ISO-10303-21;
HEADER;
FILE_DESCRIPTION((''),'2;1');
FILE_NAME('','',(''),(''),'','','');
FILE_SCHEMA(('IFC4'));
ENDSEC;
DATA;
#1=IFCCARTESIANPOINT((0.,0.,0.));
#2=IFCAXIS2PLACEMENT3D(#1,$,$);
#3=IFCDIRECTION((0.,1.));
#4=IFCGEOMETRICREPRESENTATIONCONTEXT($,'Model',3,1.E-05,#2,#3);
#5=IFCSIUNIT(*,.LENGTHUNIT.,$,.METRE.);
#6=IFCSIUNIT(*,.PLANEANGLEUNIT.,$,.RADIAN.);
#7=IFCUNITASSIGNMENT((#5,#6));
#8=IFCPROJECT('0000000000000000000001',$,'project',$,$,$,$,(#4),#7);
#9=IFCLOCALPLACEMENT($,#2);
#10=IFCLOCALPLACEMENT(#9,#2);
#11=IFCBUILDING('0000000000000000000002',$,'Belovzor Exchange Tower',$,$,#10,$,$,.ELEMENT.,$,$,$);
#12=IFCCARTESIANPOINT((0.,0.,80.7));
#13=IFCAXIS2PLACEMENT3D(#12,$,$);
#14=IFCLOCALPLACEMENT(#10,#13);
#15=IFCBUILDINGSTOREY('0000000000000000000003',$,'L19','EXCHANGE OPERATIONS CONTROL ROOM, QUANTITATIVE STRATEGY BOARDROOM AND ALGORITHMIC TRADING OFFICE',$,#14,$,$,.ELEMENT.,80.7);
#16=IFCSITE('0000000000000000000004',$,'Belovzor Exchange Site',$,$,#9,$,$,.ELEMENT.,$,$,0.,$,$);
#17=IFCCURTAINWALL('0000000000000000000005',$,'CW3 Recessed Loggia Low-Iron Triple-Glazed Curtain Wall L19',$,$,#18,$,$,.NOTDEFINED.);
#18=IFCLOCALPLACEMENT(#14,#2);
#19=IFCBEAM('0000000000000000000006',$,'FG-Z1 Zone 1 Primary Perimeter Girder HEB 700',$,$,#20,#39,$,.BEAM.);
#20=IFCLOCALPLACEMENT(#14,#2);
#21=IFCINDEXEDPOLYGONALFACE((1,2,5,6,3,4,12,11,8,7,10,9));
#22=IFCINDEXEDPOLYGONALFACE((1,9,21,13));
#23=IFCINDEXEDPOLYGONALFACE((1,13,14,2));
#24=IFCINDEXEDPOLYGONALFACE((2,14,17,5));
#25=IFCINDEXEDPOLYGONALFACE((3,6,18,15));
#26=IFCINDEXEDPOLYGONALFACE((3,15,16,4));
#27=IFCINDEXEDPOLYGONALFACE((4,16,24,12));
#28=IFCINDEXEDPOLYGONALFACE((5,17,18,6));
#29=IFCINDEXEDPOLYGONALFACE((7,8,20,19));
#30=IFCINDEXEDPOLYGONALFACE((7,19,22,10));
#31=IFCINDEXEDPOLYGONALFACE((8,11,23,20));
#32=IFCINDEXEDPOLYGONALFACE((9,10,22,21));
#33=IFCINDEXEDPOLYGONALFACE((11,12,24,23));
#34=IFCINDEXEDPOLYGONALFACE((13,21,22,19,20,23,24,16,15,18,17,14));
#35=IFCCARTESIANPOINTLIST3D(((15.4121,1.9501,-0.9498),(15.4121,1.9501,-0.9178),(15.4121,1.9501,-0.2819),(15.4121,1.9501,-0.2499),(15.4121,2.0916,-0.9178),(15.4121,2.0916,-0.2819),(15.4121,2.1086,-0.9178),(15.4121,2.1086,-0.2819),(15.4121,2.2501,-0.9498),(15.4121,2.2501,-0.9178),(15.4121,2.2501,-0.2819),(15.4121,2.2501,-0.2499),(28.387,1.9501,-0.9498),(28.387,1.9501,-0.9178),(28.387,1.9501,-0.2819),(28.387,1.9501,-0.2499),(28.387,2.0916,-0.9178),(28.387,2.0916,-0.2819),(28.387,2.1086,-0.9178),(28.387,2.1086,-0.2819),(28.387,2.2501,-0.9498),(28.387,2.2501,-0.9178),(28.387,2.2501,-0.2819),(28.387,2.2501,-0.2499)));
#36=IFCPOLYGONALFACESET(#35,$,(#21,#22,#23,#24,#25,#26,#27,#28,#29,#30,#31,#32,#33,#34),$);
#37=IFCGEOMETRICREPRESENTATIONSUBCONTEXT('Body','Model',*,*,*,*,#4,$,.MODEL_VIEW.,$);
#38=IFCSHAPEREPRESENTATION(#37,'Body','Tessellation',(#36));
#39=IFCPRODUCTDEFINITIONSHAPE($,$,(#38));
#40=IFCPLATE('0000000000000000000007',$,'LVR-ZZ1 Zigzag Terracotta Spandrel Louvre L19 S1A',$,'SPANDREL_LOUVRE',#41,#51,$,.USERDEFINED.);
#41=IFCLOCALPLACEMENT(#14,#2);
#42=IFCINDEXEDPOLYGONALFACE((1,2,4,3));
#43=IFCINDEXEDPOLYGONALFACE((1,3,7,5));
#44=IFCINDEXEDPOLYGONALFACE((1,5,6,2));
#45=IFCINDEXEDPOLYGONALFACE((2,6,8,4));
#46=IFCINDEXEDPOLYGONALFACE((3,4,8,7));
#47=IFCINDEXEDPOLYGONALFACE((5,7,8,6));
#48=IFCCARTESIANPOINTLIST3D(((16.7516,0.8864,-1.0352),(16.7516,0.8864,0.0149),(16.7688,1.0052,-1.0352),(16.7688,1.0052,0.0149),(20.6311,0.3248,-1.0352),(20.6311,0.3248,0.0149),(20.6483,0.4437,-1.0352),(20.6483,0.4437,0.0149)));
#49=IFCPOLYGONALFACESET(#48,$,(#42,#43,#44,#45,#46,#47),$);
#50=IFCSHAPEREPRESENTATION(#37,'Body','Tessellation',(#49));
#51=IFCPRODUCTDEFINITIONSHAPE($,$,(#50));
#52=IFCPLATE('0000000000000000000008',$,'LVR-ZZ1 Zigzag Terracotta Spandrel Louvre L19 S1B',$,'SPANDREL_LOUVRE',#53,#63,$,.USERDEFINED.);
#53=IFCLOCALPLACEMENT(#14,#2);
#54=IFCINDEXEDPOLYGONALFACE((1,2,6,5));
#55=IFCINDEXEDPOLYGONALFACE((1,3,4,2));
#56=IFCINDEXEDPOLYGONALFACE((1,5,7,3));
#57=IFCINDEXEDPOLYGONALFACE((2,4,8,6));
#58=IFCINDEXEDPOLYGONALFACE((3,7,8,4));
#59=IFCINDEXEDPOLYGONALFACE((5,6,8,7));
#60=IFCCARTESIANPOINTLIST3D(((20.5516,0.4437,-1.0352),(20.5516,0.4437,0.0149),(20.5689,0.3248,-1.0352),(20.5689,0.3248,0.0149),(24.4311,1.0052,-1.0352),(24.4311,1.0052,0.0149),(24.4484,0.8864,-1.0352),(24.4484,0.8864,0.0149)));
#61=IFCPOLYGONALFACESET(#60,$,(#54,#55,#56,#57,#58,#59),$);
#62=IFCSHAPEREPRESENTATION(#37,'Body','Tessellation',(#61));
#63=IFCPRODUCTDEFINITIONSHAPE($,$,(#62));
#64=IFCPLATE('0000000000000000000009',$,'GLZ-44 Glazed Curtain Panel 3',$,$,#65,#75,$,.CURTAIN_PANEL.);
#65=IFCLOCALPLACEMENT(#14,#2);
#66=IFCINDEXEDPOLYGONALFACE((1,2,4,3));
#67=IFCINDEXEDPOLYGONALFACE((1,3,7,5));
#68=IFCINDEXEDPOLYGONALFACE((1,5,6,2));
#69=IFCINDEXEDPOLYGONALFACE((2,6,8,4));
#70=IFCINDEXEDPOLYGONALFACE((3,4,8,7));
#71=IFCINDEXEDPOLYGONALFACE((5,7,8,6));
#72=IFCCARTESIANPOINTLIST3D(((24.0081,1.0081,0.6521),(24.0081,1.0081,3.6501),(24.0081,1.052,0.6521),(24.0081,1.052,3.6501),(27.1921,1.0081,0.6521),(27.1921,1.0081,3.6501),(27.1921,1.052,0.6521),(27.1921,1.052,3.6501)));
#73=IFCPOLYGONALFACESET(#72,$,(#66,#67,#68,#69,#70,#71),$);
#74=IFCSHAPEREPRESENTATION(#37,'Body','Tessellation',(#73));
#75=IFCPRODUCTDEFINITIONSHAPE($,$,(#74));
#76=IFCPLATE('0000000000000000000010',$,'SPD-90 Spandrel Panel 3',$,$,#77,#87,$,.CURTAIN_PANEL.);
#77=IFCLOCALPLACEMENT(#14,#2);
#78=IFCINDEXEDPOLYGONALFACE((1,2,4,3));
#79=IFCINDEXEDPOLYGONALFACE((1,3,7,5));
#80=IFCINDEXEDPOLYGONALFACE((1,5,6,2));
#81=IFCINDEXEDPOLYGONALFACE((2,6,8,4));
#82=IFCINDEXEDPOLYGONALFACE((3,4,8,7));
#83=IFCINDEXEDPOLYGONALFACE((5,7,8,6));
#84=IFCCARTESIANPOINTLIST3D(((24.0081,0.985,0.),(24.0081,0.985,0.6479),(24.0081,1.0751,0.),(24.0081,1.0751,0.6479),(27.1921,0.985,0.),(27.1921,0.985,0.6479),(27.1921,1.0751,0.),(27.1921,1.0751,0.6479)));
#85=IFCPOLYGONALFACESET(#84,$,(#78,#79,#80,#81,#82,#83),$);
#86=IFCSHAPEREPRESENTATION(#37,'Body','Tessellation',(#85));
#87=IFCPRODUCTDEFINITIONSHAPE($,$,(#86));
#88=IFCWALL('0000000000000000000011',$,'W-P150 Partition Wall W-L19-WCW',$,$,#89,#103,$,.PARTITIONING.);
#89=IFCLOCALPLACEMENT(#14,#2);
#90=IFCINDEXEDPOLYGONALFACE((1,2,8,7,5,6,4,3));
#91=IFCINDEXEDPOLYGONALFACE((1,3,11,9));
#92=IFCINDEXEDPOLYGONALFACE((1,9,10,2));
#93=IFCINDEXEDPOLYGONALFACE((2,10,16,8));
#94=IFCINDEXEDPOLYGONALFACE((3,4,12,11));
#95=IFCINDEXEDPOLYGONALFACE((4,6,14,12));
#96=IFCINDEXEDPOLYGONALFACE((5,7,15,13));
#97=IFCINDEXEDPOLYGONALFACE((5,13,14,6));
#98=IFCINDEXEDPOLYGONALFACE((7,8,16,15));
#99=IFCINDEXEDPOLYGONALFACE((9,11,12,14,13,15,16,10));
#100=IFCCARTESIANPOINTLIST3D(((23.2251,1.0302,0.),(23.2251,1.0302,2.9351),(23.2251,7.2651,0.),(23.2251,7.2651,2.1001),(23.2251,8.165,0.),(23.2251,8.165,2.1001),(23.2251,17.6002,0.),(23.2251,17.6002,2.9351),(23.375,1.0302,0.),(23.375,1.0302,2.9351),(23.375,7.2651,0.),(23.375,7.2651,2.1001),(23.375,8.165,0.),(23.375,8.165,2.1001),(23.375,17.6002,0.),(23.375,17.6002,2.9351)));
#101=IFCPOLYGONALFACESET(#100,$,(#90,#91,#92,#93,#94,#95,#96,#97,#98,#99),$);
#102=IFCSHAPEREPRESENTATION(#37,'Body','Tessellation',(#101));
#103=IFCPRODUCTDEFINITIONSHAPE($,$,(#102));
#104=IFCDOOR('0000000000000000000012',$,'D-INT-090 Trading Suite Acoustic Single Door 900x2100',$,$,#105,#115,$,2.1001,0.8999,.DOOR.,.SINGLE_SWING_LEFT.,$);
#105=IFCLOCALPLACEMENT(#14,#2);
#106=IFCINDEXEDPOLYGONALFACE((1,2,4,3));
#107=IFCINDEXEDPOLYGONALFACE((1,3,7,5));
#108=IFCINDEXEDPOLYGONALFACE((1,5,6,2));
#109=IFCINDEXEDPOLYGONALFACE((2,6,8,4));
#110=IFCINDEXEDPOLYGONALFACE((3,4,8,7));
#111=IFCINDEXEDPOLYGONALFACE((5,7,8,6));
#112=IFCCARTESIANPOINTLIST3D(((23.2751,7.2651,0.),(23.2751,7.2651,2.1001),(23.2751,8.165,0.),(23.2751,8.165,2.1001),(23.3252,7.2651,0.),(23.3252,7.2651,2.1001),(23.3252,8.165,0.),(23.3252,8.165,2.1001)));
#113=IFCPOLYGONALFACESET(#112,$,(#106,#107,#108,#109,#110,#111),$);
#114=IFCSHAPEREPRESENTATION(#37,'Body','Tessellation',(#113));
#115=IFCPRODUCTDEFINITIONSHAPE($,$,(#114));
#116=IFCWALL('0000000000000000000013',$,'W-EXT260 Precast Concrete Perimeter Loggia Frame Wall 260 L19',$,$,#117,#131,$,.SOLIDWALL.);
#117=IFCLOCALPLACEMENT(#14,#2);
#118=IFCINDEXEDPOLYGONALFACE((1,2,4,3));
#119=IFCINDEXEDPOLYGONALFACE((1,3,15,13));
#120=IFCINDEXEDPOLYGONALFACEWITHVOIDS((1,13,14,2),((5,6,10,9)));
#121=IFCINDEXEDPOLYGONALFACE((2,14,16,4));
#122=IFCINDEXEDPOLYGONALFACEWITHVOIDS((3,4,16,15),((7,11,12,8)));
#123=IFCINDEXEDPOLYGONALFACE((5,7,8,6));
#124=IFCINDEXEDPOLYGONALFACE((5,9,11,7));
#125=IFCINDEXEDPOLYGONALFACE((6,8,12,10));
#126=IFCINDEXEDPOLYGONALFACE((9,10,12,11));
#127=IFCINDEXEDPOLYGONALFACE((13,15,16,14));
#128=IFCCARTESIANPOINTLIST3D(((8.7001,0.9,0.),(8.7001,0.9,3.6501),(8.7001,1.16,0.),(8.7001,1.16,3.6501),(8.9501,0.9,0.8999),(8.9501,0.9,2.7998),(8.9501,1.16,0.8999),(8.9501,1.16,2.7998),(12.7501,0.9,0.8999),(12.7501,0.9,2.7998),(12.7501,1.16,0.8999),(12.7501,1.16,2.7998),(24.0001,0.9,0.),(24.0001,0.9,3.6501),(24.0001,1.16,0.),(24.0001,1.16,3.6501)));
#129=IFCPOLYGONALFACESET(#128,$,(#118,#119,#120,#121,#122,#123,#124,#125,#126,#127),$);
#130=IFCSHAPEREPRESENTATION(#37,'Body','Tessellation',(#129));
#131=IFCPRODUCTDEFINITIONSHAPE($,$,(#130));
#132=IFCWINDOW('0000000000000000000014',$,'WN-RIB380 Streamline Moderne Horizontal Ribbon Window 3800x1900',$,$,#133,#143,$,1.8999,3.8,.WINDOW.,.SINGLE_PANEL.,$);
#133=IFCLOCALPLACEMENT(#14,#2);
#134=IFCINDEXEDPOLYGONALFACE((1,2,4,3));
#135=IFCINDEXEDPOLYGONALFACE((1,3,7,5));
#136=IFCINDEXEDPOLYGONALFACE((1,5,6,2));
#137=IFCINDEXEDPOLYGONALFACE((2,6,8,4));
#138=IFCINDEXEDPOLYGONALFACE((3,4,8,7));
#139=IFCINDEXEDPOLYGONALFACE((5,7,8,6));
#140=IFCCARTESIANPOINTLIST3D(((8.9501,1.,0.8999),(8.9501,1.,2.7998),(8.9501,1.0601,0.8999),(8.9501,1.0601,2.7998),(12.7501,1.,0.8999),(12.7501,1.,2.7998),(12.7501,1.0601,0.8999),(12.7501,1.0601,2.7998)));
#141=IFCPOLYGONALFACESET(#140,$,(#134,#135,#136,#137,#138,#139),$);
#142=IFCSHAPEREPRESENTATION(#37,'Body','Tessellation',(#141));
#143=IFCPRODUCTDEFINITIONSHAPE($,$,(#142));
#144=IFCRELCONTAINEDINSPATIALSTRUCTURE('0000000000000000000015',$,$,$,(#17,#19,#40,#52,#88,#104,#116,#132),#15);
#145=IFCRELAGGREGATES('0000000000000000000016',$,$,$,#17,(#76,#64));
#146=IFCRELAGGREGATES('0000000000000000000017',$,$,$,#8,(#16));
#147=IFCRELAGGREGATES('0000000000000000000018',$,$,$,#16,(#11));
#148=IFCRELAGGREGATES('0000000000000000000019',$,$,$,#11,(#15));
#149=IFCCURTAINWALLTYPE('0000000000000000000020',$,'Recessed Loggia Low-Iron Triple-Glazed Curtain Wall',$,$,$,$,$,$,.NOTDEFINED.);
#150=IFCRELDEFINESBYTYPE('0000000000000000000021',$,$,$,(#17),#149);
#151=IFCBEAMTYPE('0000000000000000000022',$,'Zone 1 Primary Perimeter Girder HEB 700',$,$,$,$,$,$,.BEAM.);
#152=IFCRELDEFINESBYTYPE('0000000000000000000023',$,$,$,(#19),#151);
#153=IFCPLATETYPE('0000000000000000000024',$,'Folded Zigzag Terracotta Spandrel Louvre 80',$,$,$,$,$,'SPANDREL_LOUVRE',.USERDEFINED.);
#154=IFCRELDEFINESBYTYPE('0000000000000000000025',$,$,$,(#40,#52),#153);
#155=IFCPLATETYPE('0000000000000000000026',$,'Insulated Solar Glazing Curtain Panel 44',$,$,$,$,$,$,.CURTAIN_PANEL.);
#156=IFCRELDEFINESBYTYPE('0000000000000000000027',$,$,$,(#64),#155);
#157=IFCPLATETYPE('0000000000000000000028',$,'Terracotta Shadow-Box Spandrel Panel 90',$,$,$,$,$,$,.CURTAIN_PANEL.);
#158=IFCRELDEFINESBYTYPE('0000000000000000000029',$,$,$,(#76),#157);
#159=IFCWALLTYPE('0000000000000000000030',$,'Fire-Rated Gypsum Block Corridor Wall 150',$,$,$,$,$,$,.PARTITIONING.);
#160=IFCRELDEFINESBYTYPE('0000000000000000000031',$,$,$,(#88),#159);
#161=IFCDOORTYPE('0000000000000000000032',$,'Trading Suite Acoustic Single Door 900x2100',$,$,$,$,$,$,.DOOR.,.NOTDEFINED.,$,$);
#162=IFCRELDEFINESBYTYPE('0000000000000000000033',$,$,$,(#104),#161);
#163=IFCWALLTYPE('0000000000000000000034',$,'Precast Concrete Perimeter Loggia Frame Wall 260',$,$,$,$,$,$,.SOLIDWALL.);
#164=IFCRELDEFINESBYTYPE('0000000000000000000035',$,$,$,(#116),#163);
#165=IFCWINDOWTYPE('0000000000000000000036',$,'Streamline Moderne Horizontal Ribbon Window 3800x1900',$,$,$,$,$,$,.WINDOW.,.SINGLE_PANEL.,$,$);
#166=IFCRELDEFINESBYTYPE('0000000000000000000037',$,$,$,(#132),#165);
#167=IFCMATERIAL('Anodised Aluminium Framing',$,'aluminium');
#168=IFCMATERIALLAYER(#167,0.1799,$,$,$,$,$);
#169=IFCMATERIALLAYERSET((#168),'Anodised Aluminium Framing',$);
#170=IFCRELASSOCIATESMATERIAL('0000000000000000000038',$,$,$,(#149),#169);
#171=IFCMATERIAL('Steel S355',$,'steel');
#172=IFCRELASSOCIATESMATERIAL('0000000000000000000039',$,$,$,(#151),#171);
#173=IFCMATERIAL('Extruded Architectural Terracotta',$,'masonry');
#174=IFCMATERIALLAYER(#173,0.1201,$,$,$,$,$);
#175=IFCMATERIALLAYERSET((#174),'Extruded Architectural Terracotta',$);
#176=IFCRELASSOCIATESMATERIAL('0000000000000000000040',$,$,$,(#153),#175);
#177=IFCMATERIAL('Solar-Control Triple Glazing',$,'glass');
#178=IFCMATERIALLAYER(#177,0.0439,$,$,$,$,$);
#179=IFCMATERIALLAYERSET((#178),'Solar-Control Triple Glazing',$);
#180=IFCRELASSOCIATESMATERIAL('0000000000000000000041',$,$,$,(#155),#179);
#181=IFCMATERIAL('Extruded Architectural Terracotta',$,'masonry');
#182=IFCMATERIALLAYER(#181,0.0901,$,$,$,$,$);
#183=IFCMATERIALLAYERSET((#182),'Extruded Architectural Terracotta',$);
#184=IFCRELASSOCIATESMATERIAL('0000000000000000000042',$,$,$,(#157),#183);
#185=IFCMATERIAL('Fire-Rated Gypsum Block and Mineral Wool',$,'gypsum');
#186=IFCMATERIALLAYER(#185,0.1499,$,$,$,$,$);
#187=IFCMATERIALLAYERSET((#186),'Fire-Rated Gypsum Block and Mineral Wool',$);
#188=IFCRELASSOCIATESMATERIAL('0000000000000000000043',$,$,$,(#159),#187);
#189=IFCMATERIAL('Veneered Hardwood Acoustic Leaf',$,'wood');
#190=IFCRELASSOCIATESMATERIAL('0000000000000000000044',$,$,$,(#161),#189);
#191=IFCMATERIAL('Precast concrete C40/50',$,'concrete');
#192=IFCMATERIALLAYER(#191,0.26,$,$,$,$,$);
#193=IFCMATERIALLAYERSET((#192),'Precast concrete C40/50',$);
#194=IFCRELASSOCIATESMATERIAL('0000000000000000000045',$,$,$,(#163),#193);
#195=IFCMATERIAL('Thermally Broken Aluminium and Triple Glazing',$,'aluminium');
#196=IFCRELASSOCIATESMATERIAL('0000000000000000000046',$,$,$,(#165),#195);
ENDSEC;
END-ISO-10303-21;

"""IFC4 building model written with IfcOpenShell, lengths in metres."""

from ifc_helpers import new_model, si_unit, direction, frame, frame_2d, origin, origin_2d, place, context, subcontext, project, spatial, rectangle, i_section, extrude, material, layer, layer_set, material_profile, profile_set, type_object, element, fill, aggregate, save


model = new_model("IFC4")

# Units and contexts
model_context = context("Model", 3, precision=1e-05, world=origin(), true_north=direction((0.0, 1.0)))
body_context = subcontext(model_context, "Body", "Model", "MODEL_VIEW")
ifc_project = project(units=[si_unit("LENGTHUNIT", "METRE"), si_unit("PLANEANGLEUNIT", "RADIAN")], contexts=[model_context])

# Site, building, storey
site_placement = place(None, origin())
site = spatial("IfcSite", under=ifc_project, at=site_placement, Name="Belovzor Exchange Site", CompositionType="ELEMENT", RefElevation=0.0)
building_placement = place(site_placement, origin())
building = spatial("IfcBuilding", under=site, at=building_placement, Name="Belovzor Exchange Tower", CompositionType="ELEMENT")
storey_placement = place(building_placement, frame((0.0, 0.0, 80.7)))
storey = spatial("IfcBuildingStorey", under=building, at=storey_placement, Name="L19", Description="EXCHANGE OPERATIONS CONTROL ROOM, QUANTITATIVE STRATEGY BOARDROOM AND ALGORITHMIC TRADING OFFICE", CompositionType="ELEMENT", Elevation=80.7)

# Curtain wall
ifc_material_1 = material(Name="Anodised Aluminium Framing", Category="aluminium")
ifc_layer_1 = layer(ifc_material_1, 0.1799)
ifc_layer_set_1 = layer_set([ifc_layer_1], Name="Anodised Aluminium Framing")
curtain_wall_type = type_object("IfcCurtainWallType", Name="Recessed Loggia Low-Iron Triple-Glazed Curtain Wall", PredefinedType="NOTDEFINED", material=ifc_layer_set_1)
curtain_wall_placement = place(storey_placement, origin())
curtain_wall = element("IfcCurtainWall", 1, at=curtain_wall_placement, inside=storey, type_object=curtain_wall_type, Name="CW3 Recessed Loggia Low-Iron Triple-Glazed Curtain Wall L19", PredefinedType="NOTDEFINED")

# Beam
ifc_material_2 = material(Name="Steel S355", Category="steel")
ifc_material_profile_1 = material_profile(ifc_material_2, i_section(OverallWidth=0.3, OverallDepth=0.7, WebThickness=0.0171, FlangeThickness=0.032, at=origin_2d()))
ifc_profile_set_1 = profile_set([ifc_material_profile_1], Name="Steel S355")
beam_type_1 = type_object("IfcBeamType", Name="Zone 1 Primary Perimeter Girder HEB 700", PredefinedType="BEAM", material=ifc_profile_set_1)
beam_1_placement = place(storey_placement, frame((15.4121, 2.1001, -0.5999), z_axis=(1.0, 0.0, 0.0), x_axis=(0.0, 1.0, 0.0)))
element("IfcBeam", 2, at=beam_1_placement, inside=storey, type_object=beam_type_1, Name="FG-Z1 Zone 1 Primary Perimeter Girder HEB 700", PredefinedType="BEAM", context=body_context, shape_type="SweptSolid", body=[
    extrude(i_section(OverallWidth=0.3, OverallDepth=0.7, WebThickness=0.0171, FlangeThickness=0.032, at=origin_2d()), origin(), (0.0, 0.0, 1.0), 12.9749),
])

# Plates
ifc_material_3 = material(Name="Extruded Architectural Terracotta", Category="masonry")
ifc_layer_2 = layer(ifc_material_3, 0.1201)
ifc_layer_set_2 = layer_set([ifc_layer_2], Name="Extruded Architectural Terracotta")
plate_type_1 = type_object("IfcPlateType", Name="Folded Zigzag Terracotta Spandrel Louvre 80", ElementType="SPANDREL_LOUVRE", PredefinedType="USERDEFINED", material=ifc_layer_set_2)
for number, where, z_axis, x_axis, name in (
    (3, (18.7, 0.665, -1.0352), (0.0, 0.0, 1.0), (0.989686, -0.143251, 0.0), "LVR-ZZ1 Zigzag Terracotta Spandrel Louvre L19 S1A"),
    (4, (22.5, 0.665, -1.0352), (0.0, 0.0, 1.0), (0.989686, 0.143251, 0.0), "LVR-ZZ1 Zigzag Terracotta Spandrel Louvre L19 S1B"),
):
    element("IfcPlate", number, at=place(storey_placement, frame(where, z_axis=z_axis, x_axis=x_axis)), inside=storey, type_object=plate_type_1, Name=name, ObjectType="SPANDREL_LOUVRE", PredefinedType="USERDEFINED", context=body_context, shape_type="SweptSolid", body=[
        extrude(rectangle(XDim=3.9199, YDim=0.1201, at=origin_2d()), origin(), (0.0, 0.0, 1.0), 1.05),
    ])

# Plates
ifc_material_4 = material(Name="Solar-Control Triple Glazing", Category="glass")
ifc_layer_3 = layer(ifc_material_4, 0.0439)
ifc_layer_set_3 = layer_set([ifc_layer_3], Name="Solar-Control Triple Glazing")
plate_type_2 = type_object("IfcPlateType", Name="Insulated Solar Glazing Curtain Panel 44", PredefinedType="CURTAIN_PANEL", material=ifc_layer_set_3)
plate_1_placement = place(storey_placement, frame((25.6001, 1.03, 0.6521), z_axis=(0.0, 0.0, 1.0), x_axis=(-1.0, 0.0, 0.0)))
plate_1 = element("IfcPlate", 5, at=plate_1_placement, type_object=plate_type_2, Name="GLZ-44 Glazed Curtain Panel 3", PredefinedType="CURTAIN_PANEL", context=body_context, shape_type="SweptSolid", body=[
    extrude(rectangle(XDim=3.1841, YDim=0.0439, at=origin_2d()), origin(), (0.0, 0.0, 1.0), 2.998),
])
ifc_material_5 = material(Name="Extruded Architectural Terracotta", Category="masonry")
ifc_layer_4 = layer(ifc_material_5, 0.0901)
ifc_layer_set_4 = layer_set([ifc_layer_4], Name="Extruded Architectural Terracotta")
plate_type_3 = type_object("IfcPlateType", Name="Terracotta Shadow-Box Spandrel Panel 90", PredefinedType="CURTAIN_PANEL", material=ifc_layer_set_4)
plate_2_placement = place(storey_placement, frame((25.6001, 1.03, 0.0), z_axis=(0.0, 0.0, 1.0), x_axis=(-1.0, 0.0, 0.0)))
plate_2 = element("IfcPlate", 6, at=plate_2_placement, type_object=plate_type_3, Name="SPD-90 Spandrel Panel 3", PredefinedType="CURTAIN_PANEL", context=body_context, shape_type="SweptSolid", body=[
    extrude(rectangle(XDim=3.1841, YDim=0.0901, at=origin_2d()), origin(), (0.0, 0.0, 1.0), 0.6479),
])
aggregate(curtain_wall, [plate_2, plate_1])

# Wall, opening, door
ifc_material_6 = material(Name="Fire-Rated Gypsum Block and Mineral Wool", Category="gypsum")
ifc_layer_5 = layer(ifc_material_6, 0.1499)
ifc_layer_set_5 = layer_set([ifc_layer_5], Name="Fire-Rated Gypsum Block and Mineral Wool")
wall_type_1 = type_object("IfcWallType", Name="Fire-Rated Gypsum Block Corridor Wall 150", PredefinedType="PARTITIONING", material=ifc_layer_set_5)
wall_1_placement = place(storey_placement, frame((23.3, 1.03, 0.0), z_axis=(0.0, 0.0, 1.0), x_axis=(0.0, 1.0, 0.0)))
wall_1 = element("IfcWall", 7, at=wall_1_placement, inside=storey, type_object=wall_type_1, Name="W-P150 Partition Wall W-L19-WCW", PredefinedType="PARTITIONING", context=body_context, shape_type="SweptSolid", body=[
    extrude(rectangle(XDim=16.5701, YDim=0.1499, at=frame_2d((8.2852, 0.0))), origin(), (0.0, 0.0, 1.0), 2.9351),
])
opening_1_placement = place(wall_1_placement, frame((6.2351, 0.0, 0.0)))
opening_1 = element("IfcOpeningElement", 8, at=opening_1_placement, cuts=wall_1, PredefinedType="OPENING", context=body_context, shape_type="SweptSolid", body=[
    extrude(rectangle(XDim=0.8999, YDim=2.1001, at=frame_2d((0.45, 1.05))), frame((0.0, 0.085, 0.0), z_axis=(0.0, -1.0, 0.0), x_axis=(1.0, 0.0, 0.0)), (0.0, 0.0, 1.0), 0.1699),
])
ifc_material_7 = material(Name="Veneered Hardwood Acoustic Leaf", Category="wood")
door_type = type_object("IfcDoorType", Name="Trading Suite Acoustic Single Door 900x2100", OperationType="NOTDEFINED", PredefinedType="DOOR", material=ifc_material_7)
door_placement = place(opening_1_placement, origin())
door = element("IfcDoor", 9, at=door_placement, inside=storey, type_object=door_type, Name="D-INT-090 Trading Suite Acoustic Single Door 900x2100", OperationType="SINGLE_SWING_LEFT", OverallHeight=2.1001, OverallWidth=0.8999, PredefinedType="DOOR", context=body_context, shape_type="SweptSolid", body=[
    extrude(rectangle(XDim=0.8999, YDim=2.1001, at=frame_2d((0.45, 1.05))), frame((0.0, 0.0249, 0.0), z_axis=(0.0, -1.0, 0.0), x_axis=(1.0, 0.0, 0.0)), (0.0, 0.0, 1.0), 0.05),
])
fill(opening_1, door)

# Wall, opening, window
ifc_material_8 = material(Name="Precast concrete C40/50", Category="concrete")
ifc_layer_6 = layer(ifc_material_8, 0.26)
ifc_layer_set_6 = layer_set([ifc_layer_6], Name="Precast concrete C40/50")
wall_type_2 = type_object("IfcWallType", Name="Precast Concrete Perimeter Loggia Frame Wall 260", PredefinedType="SOLIDWALL", material=ifc_layer_set_6)
wall_2_placement = place(storey_placement, frame((24.0, 1.03, 0.0), z_axis=(0.0, 0.0, 1.0), x_axis=(-1.0, 0.0, 0.0)))
wall_2 = element("IfcWall", 10, at=wall_2_placement, inside=storey, type_object=wall_type_2, Name="W-EXT260 Precast Concrete Perimeter Loggia Frame Wall 260 L19", PredefinedType="SOLIDWALL", context=body_context, shape_type="SweptSolid", body=[
    extrude(rectangle(XDim=15.3, YDim=0.26, at=frame_2d((7.6499, 0.0))), origin(), (0.0, 0.0, 1.0), 3.6501),
])
opening_2_placement = place(wall_2_placement, frame((11.25, 0.0, 0.8999)))
opening_2 = element("IfcOpeningElement", 11, at=opening_2_placement, cuts=wall_2, PredefinedType="OPENING", context=body_context, shape_type="SweptSolid", body=[
    extrude(rectangle(XDim=3.8, YDim=1.8999, at=frame_2d((1.8999, 0.95))), frame((0.0, 0.1399, 0.0), z_axis=(0.0, -1.0, 0.0), x_axis=(1.0, 0.0, 0.0)), (0.0, 0.0, 1.0), 0.28),
])
ifc_material_9 = material(Name="Thermally Broken Aluminium and Triple Glazing", Category="aluminium")
window_type = type_object("IfcWindowType", Name="Streamline Moderne Horizontal Ribbon Window 3800x1900", PartitioningType="SINGLE_PANEL", PredefinedType="WINDOW", material=ifc_material_9)
window_placement = place(opening_2_placement, origin())
window = element("IfcWindow", 12, at=window_placement, inside=storey, type_object=window_type, Name="WN-RIB380 Streamline Moderne Horizontal Ribbon Window 3800x1900", OverallHeight=1.8999, OverallWidth=3.8, PartitioningType="SINGLE_PANEL", PredefinedType="WINDOW", context=body_context, shape_type="SweptSolid", body=[
    extrude(rectangle(XDim=3.8, YDim=1.8999, at=frame_2d((1.8999, 0.95))), frame((0.0, 0.03, 0.0), z_axis=(0.0, -1.0, 0.0), x_axis=(1.0, 0.0, 0.0)), (0.0, 0.0, 1.0), 0.0601),
])
fill(opening_2, window)

save(model, "model.ifc")
